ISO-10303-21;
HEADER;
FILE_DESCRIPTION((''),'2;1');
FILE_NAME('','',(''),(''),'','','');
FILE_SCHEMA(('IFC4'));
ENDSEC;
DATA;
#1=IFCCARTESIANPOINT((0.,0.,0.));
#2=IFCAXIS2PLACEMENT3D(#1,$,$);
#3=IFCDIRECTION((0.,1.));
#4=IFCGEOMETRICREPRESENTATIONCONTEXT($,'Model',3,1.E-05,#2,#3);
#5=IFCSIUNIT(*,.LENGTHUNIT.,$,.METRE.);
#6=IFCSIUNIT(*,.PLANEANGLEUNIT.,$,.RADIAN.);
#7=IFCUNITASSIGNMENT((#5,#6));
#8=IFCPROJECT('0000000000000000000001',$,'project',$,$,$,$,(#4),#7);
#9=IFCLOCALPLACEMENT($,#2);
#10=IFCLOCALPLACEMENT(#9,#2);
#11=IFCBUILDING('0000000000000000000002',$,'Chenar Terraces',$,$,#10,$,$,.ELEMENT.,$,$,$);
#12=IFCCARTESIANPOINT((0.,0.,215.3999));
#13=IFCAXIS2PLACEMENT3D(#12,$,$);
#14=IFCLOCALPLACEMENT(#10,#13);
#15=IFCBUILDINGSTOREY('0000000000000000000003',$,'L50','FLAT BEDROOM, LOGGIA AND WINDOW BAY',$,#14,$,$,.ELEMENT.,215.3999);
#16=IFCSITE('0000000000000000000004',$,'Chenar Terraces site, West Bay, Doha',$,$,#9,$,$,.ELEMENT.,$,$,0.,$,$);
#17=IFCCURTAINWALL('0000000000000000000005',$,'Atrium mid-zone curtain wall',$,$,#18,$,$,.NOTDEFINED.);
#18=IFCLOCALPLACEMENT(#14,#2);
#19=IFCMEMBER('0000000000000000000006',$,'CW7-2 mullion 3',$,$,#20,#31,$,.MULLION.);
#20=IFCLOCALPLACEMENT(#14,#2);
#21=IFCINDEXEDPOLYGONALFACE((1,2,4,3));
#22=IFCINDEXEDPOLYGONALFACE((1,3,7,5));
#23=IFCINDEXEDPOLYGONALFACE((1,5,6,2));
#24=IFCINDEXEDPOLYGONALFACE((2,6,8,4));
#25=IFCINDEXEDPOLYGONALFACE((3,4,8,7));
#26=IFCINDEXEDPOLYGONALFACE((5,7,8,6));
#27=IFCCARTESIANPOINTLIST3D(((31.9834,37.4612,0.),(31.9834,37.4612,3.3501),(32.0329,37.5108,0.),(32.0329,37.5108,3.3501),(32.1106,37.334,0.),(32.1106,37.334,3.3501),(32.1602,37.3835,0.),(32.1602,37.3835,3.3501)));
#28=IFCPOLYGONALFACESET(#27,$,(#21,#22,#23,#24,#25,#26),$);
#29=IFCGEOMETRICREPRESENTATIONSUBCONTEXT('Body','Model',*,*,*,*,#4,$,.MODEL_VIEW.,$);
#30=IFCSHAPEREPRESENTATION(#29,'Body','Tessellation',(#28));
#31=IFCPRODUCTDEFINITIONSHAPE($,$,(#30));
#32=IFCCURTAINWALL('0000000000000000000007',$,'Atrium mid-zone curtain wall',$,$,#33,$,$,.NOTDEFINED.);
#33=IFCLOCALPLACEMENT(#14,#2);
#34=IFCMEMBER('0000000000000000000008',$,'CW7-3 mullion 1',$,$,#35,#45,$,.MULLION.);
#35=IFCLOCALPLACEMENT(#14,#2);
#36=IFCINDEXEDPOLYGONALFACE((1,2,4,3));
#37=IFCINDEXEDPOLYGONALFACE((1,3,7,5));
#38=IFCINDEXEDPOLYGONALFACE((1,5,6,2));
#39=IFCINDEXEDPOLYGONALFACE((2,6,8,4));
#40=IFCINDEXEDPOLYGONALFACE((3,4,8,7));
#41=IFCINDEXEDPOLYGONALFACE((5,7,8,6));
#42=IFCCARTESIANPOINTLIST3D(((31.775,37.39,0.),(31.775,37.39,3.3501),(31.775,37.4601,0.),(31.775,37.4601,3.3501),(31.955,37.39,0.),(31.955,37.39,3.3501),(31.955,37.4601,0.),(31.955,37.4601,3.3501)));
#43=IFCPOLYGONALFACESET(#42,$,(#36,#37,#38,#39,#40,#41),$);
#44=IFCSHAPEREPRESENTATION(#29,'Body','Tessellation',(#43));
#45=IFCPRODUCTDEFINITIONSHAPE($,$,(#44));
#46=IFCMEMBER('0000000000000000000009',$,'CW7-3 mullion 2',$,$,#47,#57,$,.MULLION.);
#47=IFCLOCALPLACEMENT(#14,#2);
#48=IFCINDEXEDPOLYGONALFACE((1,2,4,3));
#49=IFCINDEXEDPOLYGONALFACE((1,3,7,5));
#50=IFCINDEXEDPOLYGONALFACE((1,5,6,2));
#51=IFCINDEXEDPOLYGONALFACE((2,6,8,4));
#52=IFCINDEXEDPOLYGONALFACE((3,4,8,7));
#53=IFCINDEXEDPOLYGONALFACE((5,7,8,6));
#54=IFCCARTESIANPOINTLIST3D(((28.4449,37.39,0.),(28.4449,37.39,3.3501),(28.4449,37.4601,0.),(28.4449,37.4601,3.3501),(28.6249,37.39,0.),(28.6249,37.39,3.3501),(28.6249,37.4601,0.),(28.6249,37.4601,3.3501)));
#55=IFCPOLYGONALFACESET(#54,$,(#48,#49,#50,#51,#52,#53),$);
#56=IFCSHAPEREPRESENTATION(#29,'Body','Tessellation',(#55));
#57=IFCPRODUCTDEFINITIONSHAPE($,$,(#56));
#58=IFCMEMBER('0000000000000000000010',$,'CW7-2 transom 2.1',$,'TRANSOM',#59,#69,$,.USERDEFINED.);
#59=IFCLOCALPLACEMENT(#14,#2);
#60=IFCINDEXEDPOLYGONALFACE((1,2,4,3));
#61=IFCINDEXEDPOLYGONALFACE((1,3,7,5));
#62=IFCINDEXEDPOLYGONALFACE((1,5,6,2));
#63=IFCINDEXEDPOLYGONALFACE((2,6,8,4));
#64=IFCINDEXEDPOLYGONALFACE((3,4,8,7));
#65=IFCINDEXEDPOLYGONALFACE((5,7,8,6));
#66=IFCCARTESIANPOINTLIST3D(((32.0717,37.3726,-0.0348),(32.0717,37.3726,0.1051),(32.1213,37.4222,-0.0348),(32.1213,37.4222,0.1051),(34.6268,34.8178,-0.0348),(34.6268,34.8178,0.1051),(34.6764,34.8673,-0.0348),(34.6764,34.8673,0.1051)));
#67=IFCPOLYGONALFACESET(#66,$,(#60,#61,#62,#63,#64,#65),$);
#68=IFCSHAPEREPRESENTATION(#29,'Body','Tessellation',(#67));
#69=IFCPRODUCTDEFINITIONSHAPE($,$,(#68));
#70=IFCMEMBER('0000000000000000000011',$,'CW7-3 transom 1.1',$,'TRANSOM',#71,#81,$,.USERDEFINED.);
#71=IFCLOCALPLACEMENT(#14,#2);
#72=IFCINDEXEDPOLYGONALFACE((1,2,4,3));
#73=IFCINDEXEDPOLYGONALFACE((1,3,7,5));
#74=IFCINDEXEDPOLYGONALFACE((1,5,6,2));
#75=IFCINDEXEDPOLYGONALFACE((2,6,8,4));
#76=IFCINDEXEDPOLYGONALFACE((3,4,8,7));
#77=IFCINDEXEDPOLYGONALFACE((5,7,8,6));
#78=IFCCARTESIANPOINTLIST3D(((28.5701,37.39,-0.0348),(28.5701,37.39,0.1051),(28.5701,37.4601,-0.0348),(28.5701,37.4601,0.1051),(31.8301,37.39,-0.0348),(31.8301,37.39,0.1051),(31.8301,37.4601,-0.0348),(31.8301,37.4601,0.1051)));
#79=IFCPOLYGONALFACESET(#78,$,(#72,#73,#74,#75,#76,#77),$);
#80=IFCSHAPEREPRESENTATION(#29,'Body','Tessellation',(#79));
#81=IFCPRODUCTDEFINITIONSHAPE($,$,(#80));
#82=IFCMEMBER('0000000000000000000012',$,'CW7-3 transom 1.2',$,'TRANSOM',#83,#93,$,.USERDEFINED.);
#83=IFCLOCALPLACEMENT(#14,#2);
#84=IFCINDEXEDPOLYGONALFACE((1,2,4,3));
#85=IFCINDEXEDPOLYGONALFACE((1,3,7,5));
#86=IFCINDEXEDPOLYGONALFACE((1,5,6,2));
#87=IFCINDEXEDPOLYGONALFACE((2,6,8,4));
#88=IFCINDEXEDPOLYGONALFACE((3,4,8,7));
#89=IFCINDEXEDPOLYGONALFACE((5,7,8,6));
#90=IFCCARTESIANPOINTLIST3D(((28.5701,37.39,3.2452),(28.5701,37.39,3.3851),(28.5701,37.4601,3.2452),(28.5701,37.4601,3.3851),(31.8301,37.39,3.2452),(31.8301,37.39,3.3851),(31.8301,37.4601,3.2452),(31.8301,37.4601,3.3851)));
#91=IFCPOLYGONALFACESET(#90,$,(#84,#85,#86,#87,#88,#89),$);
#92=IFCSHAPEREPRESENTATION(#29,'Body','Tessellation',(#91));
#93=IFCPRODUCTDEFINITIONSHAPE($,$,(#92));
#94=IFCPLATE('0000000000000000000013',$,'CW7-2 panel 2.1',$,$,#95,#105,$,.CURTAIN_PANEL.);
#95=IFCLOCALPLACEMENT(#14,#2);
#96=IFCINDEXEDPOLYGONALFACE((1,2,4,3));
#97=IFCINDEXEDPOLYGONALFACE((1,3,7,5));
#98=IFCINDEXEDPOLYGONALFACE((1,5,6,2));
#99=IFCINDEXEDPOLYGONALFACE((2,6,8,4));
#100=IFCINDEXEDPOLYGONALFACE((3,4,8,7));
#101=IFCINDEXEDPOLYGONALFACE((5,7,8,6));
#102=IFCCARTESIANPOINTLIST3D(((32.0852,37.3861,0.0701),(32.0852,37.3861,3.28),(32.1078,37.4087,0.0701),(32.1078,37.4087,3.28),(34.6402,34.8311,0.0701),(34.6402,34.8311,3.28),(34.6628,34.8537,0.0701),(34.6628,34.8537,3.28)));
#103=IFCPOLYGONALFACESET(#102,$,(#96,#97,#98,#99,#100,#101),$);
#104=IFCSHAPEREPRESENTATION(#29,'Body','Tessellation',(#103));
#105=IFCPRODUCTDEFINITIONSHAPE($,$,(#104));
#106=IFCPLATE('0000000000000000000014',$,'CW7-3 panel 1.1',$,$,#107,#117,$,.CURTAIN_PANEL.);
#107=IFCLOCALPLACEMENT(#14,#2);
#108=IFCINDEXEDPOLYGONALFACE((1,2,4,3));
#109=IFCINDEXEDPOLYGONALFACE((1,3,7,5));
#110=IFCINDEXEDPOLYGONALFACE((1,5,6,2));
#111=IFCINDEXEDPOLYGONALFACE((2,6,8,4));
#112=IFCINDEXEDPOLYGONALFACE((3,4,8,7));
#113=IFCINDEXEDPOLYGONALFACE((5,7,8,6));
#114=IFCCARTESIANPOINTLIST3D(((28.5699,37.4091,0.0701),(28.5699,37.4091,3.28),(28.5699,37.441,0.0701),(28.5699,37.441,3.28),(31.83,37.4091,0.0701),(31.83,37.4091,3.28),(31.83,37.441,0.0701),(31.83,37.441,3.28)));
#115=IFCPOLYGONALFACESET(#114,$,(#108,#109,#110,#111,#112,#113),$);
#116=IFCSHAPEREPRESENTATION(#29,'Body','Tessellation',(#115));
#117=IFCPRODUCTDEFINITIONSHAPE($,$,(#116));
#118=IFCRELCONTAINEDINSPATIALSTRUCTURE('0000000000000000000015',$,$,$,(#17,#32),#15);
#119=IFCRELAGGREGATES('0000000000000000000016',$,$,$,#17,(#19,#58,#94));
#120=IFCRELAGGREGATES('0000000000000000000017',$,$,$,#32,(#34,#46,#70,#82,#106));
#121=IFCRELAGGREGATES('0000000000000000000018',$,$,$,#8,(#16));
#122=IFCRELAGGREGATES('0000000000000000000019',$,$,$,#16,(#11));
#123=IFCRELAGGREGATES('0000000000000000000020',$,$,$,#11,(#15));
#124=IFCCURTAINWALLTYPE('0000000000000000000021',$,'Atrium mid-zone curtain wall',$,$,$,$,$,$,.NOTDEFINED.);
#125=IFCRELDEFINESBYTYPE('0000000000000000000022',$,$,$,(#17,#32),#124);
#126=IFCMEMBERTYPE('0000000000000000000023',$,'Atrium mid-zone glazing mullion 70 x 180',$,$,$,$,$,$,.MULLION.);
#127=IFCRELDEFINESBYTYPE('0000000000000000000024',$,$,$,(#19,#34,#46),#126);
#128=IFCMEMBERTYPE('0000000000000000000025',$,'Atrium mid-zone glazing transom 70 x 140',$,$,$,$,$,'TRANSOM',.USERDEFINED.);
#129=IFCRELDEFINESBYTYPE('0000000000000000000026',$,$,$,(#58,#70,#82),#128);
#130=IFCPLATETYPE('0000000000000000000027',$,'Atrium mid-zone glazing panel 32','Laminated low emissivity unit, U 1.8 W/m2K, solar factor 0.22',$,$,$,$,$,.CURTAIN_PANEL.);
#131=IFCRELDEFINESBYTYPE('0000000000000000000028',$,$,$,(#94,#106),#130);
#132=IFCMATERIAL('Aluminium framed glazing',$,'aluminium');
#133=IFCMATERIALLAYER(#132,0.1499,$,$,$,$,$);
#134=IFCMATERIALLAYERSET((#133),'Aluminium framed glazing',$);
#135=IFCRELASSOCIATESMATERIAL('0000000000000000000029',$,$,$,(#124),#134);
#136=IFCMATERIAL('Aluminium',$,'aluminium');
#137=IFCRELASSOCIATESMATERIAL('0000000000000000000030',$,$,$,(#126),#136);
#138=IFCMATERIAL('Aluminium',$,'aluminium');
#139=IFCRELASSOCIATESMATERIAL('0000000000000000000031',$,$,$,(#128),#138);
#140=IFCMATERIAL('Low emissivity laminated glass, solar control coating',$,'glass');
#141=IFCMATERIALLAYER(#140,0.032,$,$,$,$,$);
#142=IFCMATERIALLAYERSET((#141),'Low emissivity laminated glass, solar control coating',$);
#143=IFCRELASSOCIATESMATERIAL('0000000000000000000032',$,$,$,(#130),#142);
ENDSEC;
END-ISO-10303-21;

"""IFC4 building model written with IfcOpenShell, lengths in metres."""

from ifc_helpers import new_model, si_unit, direction, frame, origin, origin_2d, place, context, subcontext, project, spatial, rectangle, extrude, material, layer, layer_set, material_profile, profile_set, type_object, element, aggregate, save


model = new_model("IFC4")

# Units and contexts
model_context = context("Model", 3, precision=1e-05, world=origin(), true_north=direction((0.0, 1.0)))
body_context = subcontext(model_context, "Body", "Model", "MODEL_VIEW")
ifc_project = project(units=[si_unit("LENGTHUNIT", "METRE"), si_unit("PLANEANGLEUNIT", "RADIAN")], contexts=[model_context])

# Site, building, storey
site_placement = place(None, origin())
site = spatial("IfcSite", under=ifc_project, at=site_placement, Name="Chenar Terraces site, West Bay, Doha", CompositionType="ELEMENT", RefElevation=0.0)
building_placement = place(site_placement, origin())
building = spatial("IfcBuilding", under=site, at=building_placement, Name="Chenar Terraces", CompositionType="ELEMENT")
storey_placement = place(building_placement, frame((0.0, 0.0, 215.3999)))
storey = spatial("IfcBuildingStorey", under=building, at=storey_placement, Name="L50", Description="FLAT BEDROOM, LOGGIA AND WINDOW BAY", CompositionType="ELEMENT", Elevation=215.3999)

# Curtain wall, member
ifc_material_1 = material(Name="Aluminium framed glazing", Category="aluminium")
ifc_layer_1 = layer(ifc_material_1, 0.1499)
ifc_layer_set_1 = layer_set([ifc_layer_1], Name="Aluminium framed glazing")
curtain_wall_type = type_object("IfcCurtainWallType", Name="Atrium mid-zone curtain wall", PredefinedType="NOTDEFINED", material=ifc_layer_set_1)
placement = place(storey_placement, origin())
curtain_wall_1 = element("IfcCurtainWall", 1, at=placement, inside=storey, type_object=curtain_wall_type, Name="Atrium mid-zone curtain wall", PredefinedType="NOTDEFINED")
ifc_material_2 = material(Name="Aluminium", Category="aluminium")
ifc_material_profile_1 = material_profile(ifc_material_2, rectangle(XDim=0.0701, YDim=0.1799, at=origin_2d()), Name="Atrium mid-zone glazing mullion 70 x 180")
ifc_profile_set_1 = profile_set([ifc_material_profile_1], Name="Aluminium")
member_type_1 = type_object("IfcMemberType", Name="Atrium mid-zone glazing mullion 70 x 180", PredefinedType="MULLION", material=ifc_profile_set_1)
member_1_placement = place(storey_placement, frame((32.0718, 37.4224, 0.0), z_axis=(0.0, 0.0, 1.0), x_axis=(-0.707107, -0.707107, 0.0)))
member_1 = element("IfcMember", 2, at=member_1_placement, type_object=member_type_1, Name="CW7-2 mullion 3", PredefinedType="MULLION", context=body_context, shape_type="SweptSolid", body=[
    extrude(rectangle(XDim=0.0701, YDim=0.1799, at=origin_2d()), origin(), (0.0, 0.0, 1.0), 3.3501),
])

# Curtain wall, members
curtain_wall_2 = element("IfcCurtainWall", 3, at=placement, inside=storey, type_object=curtain_wall_type, Name="Atrium mid-zone curtain wall", PredefinedType="NOTDEFINED")
member_2_placement = place(storey_placement, frame((31.865, 37.425, 0.0), z_axis=(0.0, 0.0, 1.0), x_axis=(0.0, -1.0, 0.0)))
member_2 = element("IfcMember", 4, at=member_2_placement, type_object=member_type_1, Name="CW7-3 mullion 1", PredefinedType="MULLION", context=body_context, shape_type="SweptSolid", body=[
    extrude(rectangle(XDim=0.0701, YDim=0.1799, at=origin_2d()), origin(), (0.0, 0.0, 1.0), 3.3501),
])
member_3_placement = place(storey_placement, frame((28.5349, 37.425, 0.0), z_axis=(0.0, 0.0, 1.0), x_axis=(0.0, -1.0, 0.0)))
member_3 = element("IfcMember", 5, at=member_3_placement, type_object=member_type_1, Name="CW7-3 mullion 2", PredefinedType="MULLION", context=body_context, shape_type="SweptSolid", body=[
    extrude(rectangle(XDim=0.0701, YDim=0.1799, at=origin_2d()), origin(), (0.0, 0.0, 1.0), 3.3501),
])

# Members
ifc_material_3 = material(Name="Aluminium", Category="aluminium")
ifc_material_profile_2 = material_profile(ifc_material_3, rectangle(XDim=0.0701, YDim=0.1399, at=origin_2d()), Name="Atrium mid-zone glazing transom 70 x 140")
ifc_profile_set_2 = profile_set([ifc_material_profile_2], Name="Aluminium")
member_type_2 = type_object("IfcMemberType", Name="Atrium mid-zone glazing transom 70 x 140", ElementType="TRANSOM", PredefinedType="USERDEFINED", material=ifc_profile_set_2)
member_4_placement = place(storey_placement, frame((34.6516, 34.8425, 0.0352), z_axis=(-0.707141, 0.707073, 0.0), x_axis=(-0.707073, -0.707141, 0.0)))
member_4 = element("IfcMember", 6, at=member_4_placement, type_object=member_type_2, Name="CW7-2 transom 2.1", ObjectType="TRANSOM", PredefinedType="USERDEFINED", context=body_context, shape_type="SweptSolid", body=[
    extrude(rectangle(XDim=0.0701, YDim=0.1399, at=origin_2d()), origin(), (0.0, 0.0, 1.0), 3.6133),
])
member_5_placement = place(storey_placement, frame((31.8301, 37.425, 0.0352), z_axis=(-1.0, 0.0, 0.0), x_axis=(0.0, -1.0, 0.0)))
member_5 = element("IfcMember", 7, at=member_5_placement, type_object=member_type_2, Name="CW7-3 transom 1.1", ObjectType="TRANSOM", PredefinedType="USERDEFINED", context=body_context, shape_type="SweptSolid", body=[
    extrude(rectangle(XDim=0.0701, YDim=0.1399, at=origin_2d()), origin(), (0.0, 0.0, 1.0), 3.26),
])
member_6_placement = place(storey_placement, frame((31.8301, 37.425, 3.3152), z_axis=(-1.0, 0.0, 0.0), x_axis=(0.0, -1.0, 0.0)))
member_6 = element("IfcMember", 8, at=member_6_placement, type_object=member_type_2, Name="CW7-3 transom 1.2", ObjectType="TRANSOM", PredefinedType="USERDEFINED", context=body_context, shape_type="SweptSolid", body=[
    extrude(rectangle(XDim=0.0701, YDim=0.1399, at=origin_2d()), origin(), (0.0, 0.0, 1.0), 3.26),
])

# Plates
ifc_material_4 = material(Name="Low emissivity laminated glass, solar control coating", Category="glass")
ifc_layer_2 = layer(ifc_material_4, 0.032)
ifc_layer_set_2 = layer_set([ifc_layer_2], Name="Low emissivity laminated glass, solar control coating")
plate_type = type_object("IfcPlateType", Name="Atrium mid-zone glazing panel 32", Description="Laminated low emissivity unit, U 1.8 W/m2K, solar factor 0.22", PredefinedType="CURTAIN_PANEL", material=ifc_layer_set_2)
plate_1_placement = place(storey_placement, frame((33.374, 36.1199, 0.0701), z_axis=(0.0, 0.0, 1.0), x_axis=(-0.707107, 0.707107, 0.0)))
plate_1 = element("IfcPlate", 9, at=plate_1_placement, type_object=plate_type, Name="CW7-2 panel 2.1", PredefinedType="CURTAIN_PANEL", context=body_context, shape_type="SweptSolid", body=[
    extrude(rectangle(XDim=3.6133, YDim=0.032, at=origin_2d()), origin(), (0.0, 0.0, 1.0), 3.21),
])
aggregate(curtain_wall_1, [member_1, member_4, plate_1])
plate_2_placement = place(storey_placement, frame((30.2, 37.425, 0.0701), z_axis=(0.0, 0.0, 1.0), x_axis=(-1.0, 0.0, 0.0)))
plate_2 = element("IfcPlate", 10, at=plate_2_placement, type_object=plate_type, Name="CW7-3 panel 1.1", PredefinedType="CURTAIN_PANEL", context=body_context, shape_type="SweptSolid", body=[
    extrude(rectangle(XDim=3.26, YDim=0.032, at=origin_2d()), origin(), (0.0, 0.0, 1.0), 3.21),
])
aggregate(curtain_wall_2, [member_2, member_3, member_5, member_6, plate_2])

save(model, "model.ifc")
